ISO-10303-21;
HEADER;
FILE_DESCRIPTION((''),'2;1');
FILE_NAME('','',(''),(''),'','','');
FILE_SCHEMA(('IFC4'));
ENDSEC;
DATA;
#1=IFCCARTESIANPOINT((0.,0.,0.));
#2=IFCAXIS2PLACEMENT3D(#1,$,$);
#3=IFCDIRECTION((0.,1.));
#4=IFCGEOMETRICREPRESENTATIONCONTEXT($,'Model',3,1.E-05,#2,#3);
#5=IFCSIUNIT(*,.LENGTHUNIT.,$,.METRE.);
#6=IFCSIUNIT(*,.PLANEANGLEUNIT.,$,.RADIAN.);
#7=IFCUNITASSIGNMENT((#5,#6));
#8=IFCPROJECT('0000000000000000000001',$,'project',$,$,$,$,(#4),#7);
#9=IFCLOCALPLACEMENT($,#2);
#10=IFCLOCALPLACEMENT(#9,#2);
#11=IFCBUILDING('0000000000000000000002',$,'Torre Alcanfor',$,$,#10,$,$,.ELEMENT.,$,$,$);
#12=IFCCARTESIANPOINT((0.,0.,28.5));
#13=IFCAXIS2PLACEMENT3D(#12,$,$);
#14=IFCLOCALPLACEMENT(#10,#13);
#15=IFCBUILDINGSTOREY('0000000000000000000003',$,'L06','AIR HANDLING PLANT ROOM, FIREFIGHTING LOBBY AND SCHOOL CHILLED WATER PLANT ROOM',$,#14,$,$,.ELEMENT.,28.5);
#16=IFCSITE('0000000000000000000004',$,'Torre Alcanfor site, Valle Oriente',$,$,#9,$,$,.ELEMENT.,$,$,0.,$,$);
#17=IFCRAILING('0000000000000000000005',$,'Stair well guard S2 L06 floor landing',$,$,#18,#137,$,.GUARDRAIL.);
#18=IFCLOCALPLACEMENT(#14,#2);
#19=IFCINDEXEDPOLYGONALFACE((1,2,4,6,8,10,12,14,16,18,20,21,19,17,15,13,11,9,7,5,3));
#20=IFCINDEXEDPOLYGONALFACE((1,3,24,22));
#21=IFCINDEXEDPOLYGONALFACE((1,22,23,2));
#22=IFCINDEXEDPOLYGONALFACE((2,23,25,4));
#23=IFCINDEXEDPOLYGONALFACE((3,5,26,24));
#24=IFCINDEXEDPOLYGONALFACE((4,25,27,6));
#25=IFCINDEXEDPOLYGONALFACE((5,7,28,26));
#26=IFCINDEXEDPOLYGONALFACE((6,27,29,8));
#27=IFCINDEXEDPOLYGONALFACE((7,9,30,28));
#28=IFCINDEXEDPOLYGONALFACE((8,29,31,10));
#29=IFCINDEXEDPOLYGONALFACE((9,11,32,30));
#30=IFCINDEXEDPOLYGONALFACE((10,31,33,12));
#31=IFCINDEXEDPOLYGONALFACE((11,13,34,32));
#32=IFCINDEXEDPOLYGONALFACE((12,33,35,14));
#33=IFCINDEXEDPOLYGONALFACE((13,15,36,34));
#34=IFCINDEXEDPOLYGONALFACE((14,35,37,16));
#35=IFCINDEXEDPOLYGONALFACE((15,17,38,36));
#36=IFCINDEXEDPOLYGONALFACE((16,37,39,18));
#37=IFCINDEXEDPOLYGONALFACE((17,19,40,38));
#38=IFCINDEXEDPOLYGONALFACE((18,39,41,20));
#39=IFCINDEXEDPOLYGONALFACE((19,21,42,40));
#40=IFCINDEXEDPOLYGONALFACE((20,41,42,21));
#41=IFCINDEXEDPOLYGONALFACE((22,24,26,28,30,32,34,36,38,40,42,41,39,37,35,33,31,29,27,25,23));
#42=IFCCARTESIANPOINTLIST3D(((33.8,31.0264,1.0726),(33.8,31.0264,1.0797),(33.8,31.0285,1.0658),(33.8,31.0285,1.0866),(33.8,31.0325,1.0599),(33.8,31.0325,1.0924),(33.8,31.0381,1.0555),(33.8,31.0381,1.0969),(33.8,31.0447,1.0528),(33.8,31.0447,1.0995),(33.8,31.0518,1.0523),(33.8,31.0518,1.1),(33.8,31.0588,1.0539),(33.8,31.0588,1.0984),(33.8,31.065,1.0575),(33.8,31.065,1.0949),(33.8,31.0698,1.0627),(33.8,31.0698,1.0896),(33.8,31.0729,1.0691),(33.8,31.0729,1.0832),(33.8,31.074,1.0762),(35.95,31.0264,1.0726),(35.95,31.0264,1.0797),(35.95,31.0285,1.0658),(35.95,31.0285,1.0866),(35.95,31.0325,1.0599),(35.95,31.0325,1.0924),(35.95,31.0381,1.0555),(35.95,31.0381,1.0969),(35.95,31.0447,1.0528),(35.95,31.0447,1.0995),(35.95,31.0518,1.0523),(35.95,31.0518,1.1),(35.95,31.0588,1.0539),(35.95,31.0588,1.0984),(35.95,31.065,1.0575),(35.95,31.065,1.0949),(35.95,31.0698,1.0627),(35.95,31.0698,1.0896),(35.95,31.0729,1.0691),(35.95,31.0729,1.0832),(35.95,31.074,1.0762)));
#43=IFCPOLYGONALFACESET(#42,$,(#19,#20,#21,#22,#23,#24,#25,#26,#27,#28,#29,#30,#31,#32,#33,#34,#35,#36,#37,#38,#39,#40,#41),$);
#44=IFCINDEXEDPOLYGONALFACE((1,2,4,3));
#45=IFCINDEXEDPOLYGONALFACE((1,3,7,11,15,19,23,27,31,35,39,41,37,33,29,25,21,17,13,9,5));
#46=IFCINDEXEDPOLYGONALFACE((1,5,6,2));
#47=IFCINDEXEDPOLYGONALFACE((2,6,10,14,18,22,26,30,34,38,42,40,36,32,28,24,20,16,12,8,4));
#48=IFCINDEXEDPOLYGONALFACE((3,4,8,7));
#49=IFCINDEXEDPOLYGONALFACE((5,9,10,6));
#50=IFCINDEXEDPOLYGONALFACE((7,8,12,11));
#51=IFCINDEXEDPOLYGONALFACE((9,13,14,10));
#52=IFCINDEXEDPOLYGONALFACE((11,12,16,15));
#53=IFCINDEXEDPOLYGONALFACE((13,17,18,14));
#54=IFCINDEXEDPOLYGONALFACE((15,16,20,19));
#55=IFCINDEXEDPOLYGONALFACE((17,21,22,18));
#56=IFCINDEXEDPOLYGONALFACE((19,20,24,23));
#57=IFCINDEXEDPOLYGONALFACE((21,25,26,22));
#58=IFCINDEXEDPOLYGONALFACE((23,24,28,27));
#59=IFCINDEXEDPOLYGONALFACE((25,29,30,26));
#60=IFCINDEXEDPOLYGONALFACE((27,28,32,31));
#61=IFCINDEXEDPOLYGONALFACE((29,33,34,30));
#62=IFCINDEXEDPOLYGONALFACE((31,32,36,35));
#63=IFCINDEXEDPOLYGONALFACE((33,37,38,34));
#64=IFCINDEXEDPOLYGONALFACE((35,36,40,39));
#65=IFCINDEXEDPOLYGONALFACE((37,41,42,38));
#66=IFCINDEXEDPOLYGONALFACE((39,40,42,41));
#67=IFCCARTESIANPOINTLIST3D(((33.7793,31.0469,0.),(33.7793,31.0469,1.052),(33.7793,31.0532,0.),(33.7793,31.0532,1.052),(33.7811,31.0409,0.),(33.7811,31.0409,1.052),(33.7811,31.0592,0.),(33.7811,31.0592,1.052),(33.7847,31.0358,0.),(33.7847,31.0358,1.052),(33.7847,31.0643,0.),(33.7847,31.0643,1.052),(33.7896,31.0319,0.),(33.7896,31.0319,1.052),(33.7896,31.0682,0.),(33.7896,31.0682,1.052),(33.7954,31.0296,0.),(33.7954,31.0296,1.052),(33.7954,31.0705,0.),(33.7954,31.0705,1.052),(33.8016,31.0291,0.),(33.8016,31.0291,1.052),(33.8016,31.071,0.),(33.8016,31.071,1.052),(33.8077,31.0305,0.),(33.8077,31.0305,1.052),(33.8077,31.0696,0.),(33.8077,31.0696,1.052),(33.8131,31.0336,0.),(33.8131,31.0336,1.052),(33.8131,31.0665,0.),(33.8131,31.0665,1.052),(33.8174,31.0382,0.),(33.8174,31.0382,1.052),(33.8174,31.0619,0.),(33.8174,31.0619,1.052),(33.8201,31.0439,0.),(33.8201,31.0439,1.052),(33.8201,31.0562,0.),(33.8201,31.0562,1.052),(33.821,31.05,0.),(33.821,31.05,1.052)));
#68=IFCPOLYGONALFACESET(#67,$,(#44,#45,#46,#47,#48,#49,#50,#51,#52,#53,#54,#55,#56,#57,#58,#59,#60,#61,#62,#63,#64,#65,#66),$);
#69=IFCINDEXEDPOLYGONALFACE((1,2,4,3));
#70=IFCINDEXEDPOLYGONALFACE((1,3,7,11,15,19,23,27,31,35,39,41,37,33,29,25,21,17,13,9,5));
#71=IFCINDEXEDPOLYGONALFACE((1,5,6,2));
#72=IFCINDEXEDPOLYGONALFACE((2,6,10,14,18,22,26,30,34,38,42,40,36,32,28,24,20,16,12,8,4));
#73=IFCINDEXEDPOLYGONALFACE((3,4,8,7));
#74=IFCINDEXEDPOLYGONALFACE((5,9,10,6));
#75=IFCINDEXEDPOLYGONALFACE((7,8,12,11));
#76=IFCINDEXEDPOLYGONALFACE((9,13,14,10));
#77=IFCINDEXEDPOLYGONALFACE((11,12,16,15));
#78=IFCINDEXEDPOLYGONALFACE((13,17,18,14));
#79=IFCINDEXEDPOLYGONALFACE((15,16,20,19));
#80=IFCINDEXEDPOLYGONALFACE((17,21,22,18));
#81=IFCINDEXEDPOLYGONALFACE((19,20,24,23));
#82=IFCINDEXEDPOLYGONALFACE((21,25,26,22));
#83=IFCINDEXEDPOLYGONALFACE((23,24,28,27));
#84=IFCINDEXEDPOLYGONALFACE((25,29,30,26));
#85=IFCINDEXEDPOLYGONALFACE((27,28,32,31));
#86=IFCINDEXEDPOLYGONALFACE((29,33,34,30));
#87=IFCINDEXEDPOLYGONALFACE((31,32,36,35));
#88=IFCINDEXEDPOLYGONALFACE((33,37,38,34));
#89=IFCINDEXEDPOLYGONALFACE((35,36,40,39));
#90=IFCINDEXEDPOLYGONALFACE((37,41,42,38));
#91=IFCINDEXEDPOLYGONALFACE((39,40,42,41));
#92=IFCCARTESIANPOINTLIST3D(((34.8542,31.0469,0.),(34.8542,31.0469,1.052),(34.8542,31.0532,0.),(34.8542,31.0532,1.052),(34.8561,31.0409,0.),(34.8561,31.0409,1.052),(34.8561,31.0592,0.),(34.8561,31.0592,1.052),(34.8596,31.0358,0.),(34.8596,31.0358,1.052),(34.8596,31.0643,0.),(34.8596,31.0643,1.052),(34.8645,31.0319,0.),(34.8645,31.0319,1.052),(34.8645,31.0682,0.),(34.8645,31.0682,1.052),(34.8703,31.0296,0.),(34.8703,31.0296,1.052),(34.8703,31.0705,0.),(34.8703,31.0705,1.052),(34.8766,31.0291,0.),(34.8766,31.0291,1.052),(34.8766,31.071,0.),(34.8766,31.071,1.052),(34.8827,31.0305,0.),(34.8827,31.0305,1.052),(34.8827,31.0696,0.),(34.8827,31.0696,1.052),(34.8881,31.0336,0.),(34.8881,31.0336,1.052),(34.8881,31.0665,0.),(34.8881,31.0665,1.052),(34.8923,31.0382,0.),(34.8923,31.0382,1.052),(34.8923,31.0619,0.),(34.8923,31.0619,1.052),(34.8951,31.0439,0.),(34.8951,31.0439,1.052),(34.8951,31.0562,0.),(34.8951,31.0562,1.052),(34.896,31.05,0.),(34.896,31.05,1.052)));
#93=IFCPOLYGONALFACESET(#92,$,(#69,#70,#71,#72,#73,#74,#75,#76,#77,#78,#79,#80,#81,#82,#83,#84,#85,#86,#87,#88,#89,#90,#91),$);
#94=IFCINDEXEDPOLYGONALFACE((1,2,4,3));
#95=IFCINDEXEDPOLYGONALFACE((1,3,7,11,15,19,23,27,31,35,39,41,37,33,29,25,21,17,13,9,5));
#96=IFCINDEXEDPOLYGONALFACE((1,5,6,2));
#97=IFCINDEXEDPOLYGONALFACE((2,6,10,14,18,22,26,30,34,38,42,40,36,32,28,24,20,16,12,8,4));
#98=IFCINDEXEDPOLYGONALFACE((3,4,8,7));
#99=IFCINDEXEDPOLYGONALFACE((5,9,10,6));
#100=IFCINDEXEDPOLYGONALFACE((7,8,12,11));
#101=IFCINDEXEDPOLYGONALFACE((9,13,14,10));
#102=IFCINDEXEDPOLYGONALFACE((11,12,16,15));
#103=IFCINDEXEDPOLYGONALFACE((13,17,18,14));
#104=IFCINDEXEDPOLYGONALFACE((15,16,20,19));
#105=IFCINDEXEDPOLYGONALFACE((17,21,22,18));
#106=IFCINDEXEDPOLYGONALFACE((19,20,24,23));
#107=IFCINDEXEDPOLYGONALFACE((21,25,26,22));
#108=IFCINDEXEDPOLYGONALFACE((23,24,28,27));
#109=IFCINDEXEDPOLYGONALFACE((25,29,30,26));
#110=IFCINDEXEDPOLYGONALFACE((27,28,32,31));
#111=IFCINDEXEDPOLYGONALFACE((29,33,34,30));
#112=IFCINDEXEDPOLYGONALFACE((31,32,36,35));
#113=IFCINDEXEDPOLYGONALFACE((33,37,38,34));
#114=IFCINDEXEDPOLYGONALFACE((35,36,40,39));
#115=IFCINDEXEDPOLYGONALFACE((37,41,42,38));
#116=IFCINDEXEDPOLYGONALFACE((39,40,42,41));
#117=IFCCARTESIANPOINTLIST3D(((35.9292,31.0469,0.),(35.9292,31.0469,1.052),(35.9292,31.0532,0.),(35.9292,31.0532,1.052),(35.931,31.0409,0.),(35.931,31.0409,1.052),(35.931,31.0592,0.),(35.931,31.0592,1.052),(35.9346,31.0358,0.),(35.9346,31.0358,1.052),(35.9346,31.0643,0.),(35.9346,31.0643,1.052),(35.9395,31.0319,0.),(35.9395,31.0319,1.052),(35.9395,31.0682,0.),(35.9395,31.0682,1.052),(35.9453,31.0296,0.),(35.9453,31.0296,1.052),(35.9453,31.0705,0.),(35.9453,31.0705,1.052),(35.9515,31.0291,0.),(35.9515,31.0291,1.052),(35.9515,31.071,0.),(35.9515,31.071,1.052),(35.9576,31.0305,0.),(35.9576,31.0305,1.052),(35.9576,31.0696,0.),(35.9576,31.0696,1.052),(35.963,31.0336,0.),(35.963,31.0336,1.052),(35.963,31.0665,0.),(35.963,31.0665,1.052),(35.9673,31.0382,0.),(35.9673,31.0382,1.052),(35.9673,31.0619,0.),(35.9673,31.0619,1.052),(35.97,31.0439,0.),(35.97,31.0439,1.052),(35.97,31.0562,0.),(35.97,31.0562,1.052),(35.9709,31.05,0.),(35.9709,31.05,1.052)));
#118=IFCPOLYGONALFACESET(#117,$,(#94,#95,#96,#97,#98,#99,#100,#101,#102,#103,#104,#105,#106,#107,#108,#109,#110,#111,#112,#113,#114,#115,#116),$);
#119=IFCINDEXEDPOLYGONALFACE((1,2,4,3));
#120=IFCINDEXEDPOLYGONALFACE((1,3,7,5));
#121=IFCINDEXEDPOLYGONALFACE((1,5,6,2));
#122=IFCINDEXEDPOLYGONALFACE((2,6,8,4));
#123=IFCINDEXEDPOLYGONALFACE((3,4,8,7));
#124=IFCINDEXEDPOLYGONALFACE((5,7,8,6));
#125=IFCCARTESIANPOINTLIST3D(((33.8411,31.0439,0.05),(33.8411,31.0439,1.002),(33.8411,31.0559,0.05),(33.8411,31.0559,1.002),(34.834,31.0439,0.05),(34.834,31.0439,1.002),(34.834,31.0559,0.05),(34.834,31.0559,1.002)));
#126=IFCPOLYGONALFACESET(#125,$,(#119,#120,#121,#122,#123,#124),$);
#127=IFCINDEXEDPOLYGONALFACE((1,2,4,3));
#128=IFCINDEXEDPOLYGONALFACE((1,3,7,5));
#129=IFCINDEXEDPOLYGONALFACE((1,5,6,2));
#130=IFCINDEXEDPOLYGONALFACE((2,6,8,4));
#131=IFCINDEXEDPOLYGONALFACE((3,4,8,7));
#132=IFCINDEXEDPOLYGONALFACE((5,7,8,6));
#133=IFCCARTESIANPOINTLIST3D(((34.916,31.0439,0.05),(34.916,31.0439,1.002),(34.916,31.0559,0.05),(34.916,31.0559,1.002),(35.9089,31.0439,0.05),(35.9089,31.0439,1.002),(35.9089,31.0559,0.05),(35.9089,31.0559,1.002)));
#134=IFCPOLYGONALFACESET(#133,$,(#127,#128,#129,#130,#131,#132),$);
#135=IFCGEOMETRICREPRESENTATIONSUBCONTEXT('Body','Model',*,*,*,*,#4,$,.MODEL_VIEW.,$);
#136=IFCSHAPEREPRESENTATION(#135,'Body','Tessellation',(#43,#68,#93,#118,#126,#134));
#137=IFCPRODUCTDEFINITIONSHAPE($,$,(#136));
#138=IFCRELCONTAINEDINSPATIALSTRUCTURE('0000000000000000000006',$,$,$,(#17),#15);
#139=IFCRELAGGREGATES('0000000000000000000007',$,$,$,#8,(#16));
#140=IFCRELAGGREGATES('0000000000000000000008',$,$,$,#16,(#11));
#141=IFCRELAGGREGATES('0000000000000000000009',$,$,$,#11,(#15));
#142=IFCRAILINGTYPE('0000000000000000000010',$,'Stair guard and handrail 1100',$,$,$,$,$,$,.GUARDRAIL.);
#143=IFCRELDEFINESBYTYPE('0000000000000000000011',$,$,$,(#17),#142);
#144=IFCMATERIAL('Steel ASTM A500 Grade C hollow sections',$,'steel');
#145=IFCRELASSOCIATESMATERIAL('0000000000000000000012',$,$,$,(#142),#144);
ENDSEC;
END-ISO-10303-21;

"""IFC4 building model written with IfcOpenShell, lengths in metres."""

from ifc_helpers import new_model, si_unit, direction, frame, origin, origin_2d, place, context, subcontext, project, spatial, polyline, circle, outline, extrude, material, type_object, element, save


model = new_model("IFC4")

# Units and contexts
model_context = context("Model", 3, precision=1e-05, world=origin(), true_north=direction((0.0, 1.0)))
body_context = subcontext(model_context, "Body", "Model", "MODEL_VIEW")
ifc_project = project(units=[si_unit("LENGTHUNIT", "METRE"), si_unit("PLANEANGLEUNIT", "RADIAN")], contexts=[model_context])

# Site, building, storey
site_placement = place(None, origin())
site = spatial("IfcSite", under=ifc_project, at=site_placement, Name="Torre Alcanfor site, Valle Oriente", CompositionType="ELEMENT", RefElevation=0.0)
building_placement = place(site_placement, origin())
building = spatial("IfcBuilding", under=site, at=building_placement, Name="Torre Alcanfor", CompositionType="ELEMENT")
storey_placement = place(building_placement, frame((0.0, 0.0, 28.5)))
storey = spatial("IfcBuildingStorey", under=building, at=storey_placement, Name="L06", Description="AIR HANDLING PLANT ROOM, FIREFIGHTING LOBBY AND SCHOOL CHILLED WATER PLANT ROOM", CompositionType="ELEMENT", Elevation=28.5)

# Railing
ifc_material_1 = material(Name="Steel ASTM A500 Grade C hollow sections", Category="steel")
railing_type_1 = type_object("IfcRailingType", Name="Stair guard and handrail 1100", PredefinedType="GUARDRAIL", material=ifc_material_1)
for number, where, name in (
    (1, (33.8, 31.05, 0.0), "Stair well guard S2 L06 floor landing"),
):
    element("IfcRailing", number, at=place(storey_placement, frame(where)), inside=storey, type_object=railing_type_1, Name=name, PredefinedType="GUARDRAIL", context=body_context, shape_type="SweptSolid", body=[
        extrude(circle(Radius=0.0239, at=origin_2d()), frame((0.0, 0.0, 1.0762), z_axis=(1.0, 0.0, 0.0), x_axis=(0.0, 1.0, 0.0)), (0.0, 0.0, 1.0), 2.1499),
        extrude(circle(Radius=0.021, at=origin_2d()), origin(), (0.0, 0.0, 1.0), 1.052),
        extrude(circle(Radius=0.021, at=origin_2d()), frame((1.075, 0.0, 0.0)), (0.0, 0.0, 1.0), 1.052),
        extrude(circle(Radius=0.021, at=origin_2d()), frame((2.1499, 0.0, 0.0)), (0.0, 0.0, 1.0), 1.052),
        extrude(outline(polyline([(0.041, 0.05), (1.0339, 0.05), (1.0339, 1.002), (0.041, 1.002), (0.041, 0.05)])), frame((0.0, 0.0059, 0.0), z_axis=(0.0, -1.0, 0.0), x_axis=(1.0, 0.0, 0.0)), (0.0, 0.0, 1.0), 0.012),
        extrude(outline(polyline([(1.116, 0.05), (2.1089, 0.05), (2.1089, 1.002), (1.116, 1.002), (1.116, 0.05)])), frame((0.0, 0.0059, 0.0), z_axis=(0.0, -1.0, 0.0), x_axis=(1.0, 0.0, 0.0)), (0.0, 0.0, 1.0), 0.012),
    ])

save(model, "model.ifc")
